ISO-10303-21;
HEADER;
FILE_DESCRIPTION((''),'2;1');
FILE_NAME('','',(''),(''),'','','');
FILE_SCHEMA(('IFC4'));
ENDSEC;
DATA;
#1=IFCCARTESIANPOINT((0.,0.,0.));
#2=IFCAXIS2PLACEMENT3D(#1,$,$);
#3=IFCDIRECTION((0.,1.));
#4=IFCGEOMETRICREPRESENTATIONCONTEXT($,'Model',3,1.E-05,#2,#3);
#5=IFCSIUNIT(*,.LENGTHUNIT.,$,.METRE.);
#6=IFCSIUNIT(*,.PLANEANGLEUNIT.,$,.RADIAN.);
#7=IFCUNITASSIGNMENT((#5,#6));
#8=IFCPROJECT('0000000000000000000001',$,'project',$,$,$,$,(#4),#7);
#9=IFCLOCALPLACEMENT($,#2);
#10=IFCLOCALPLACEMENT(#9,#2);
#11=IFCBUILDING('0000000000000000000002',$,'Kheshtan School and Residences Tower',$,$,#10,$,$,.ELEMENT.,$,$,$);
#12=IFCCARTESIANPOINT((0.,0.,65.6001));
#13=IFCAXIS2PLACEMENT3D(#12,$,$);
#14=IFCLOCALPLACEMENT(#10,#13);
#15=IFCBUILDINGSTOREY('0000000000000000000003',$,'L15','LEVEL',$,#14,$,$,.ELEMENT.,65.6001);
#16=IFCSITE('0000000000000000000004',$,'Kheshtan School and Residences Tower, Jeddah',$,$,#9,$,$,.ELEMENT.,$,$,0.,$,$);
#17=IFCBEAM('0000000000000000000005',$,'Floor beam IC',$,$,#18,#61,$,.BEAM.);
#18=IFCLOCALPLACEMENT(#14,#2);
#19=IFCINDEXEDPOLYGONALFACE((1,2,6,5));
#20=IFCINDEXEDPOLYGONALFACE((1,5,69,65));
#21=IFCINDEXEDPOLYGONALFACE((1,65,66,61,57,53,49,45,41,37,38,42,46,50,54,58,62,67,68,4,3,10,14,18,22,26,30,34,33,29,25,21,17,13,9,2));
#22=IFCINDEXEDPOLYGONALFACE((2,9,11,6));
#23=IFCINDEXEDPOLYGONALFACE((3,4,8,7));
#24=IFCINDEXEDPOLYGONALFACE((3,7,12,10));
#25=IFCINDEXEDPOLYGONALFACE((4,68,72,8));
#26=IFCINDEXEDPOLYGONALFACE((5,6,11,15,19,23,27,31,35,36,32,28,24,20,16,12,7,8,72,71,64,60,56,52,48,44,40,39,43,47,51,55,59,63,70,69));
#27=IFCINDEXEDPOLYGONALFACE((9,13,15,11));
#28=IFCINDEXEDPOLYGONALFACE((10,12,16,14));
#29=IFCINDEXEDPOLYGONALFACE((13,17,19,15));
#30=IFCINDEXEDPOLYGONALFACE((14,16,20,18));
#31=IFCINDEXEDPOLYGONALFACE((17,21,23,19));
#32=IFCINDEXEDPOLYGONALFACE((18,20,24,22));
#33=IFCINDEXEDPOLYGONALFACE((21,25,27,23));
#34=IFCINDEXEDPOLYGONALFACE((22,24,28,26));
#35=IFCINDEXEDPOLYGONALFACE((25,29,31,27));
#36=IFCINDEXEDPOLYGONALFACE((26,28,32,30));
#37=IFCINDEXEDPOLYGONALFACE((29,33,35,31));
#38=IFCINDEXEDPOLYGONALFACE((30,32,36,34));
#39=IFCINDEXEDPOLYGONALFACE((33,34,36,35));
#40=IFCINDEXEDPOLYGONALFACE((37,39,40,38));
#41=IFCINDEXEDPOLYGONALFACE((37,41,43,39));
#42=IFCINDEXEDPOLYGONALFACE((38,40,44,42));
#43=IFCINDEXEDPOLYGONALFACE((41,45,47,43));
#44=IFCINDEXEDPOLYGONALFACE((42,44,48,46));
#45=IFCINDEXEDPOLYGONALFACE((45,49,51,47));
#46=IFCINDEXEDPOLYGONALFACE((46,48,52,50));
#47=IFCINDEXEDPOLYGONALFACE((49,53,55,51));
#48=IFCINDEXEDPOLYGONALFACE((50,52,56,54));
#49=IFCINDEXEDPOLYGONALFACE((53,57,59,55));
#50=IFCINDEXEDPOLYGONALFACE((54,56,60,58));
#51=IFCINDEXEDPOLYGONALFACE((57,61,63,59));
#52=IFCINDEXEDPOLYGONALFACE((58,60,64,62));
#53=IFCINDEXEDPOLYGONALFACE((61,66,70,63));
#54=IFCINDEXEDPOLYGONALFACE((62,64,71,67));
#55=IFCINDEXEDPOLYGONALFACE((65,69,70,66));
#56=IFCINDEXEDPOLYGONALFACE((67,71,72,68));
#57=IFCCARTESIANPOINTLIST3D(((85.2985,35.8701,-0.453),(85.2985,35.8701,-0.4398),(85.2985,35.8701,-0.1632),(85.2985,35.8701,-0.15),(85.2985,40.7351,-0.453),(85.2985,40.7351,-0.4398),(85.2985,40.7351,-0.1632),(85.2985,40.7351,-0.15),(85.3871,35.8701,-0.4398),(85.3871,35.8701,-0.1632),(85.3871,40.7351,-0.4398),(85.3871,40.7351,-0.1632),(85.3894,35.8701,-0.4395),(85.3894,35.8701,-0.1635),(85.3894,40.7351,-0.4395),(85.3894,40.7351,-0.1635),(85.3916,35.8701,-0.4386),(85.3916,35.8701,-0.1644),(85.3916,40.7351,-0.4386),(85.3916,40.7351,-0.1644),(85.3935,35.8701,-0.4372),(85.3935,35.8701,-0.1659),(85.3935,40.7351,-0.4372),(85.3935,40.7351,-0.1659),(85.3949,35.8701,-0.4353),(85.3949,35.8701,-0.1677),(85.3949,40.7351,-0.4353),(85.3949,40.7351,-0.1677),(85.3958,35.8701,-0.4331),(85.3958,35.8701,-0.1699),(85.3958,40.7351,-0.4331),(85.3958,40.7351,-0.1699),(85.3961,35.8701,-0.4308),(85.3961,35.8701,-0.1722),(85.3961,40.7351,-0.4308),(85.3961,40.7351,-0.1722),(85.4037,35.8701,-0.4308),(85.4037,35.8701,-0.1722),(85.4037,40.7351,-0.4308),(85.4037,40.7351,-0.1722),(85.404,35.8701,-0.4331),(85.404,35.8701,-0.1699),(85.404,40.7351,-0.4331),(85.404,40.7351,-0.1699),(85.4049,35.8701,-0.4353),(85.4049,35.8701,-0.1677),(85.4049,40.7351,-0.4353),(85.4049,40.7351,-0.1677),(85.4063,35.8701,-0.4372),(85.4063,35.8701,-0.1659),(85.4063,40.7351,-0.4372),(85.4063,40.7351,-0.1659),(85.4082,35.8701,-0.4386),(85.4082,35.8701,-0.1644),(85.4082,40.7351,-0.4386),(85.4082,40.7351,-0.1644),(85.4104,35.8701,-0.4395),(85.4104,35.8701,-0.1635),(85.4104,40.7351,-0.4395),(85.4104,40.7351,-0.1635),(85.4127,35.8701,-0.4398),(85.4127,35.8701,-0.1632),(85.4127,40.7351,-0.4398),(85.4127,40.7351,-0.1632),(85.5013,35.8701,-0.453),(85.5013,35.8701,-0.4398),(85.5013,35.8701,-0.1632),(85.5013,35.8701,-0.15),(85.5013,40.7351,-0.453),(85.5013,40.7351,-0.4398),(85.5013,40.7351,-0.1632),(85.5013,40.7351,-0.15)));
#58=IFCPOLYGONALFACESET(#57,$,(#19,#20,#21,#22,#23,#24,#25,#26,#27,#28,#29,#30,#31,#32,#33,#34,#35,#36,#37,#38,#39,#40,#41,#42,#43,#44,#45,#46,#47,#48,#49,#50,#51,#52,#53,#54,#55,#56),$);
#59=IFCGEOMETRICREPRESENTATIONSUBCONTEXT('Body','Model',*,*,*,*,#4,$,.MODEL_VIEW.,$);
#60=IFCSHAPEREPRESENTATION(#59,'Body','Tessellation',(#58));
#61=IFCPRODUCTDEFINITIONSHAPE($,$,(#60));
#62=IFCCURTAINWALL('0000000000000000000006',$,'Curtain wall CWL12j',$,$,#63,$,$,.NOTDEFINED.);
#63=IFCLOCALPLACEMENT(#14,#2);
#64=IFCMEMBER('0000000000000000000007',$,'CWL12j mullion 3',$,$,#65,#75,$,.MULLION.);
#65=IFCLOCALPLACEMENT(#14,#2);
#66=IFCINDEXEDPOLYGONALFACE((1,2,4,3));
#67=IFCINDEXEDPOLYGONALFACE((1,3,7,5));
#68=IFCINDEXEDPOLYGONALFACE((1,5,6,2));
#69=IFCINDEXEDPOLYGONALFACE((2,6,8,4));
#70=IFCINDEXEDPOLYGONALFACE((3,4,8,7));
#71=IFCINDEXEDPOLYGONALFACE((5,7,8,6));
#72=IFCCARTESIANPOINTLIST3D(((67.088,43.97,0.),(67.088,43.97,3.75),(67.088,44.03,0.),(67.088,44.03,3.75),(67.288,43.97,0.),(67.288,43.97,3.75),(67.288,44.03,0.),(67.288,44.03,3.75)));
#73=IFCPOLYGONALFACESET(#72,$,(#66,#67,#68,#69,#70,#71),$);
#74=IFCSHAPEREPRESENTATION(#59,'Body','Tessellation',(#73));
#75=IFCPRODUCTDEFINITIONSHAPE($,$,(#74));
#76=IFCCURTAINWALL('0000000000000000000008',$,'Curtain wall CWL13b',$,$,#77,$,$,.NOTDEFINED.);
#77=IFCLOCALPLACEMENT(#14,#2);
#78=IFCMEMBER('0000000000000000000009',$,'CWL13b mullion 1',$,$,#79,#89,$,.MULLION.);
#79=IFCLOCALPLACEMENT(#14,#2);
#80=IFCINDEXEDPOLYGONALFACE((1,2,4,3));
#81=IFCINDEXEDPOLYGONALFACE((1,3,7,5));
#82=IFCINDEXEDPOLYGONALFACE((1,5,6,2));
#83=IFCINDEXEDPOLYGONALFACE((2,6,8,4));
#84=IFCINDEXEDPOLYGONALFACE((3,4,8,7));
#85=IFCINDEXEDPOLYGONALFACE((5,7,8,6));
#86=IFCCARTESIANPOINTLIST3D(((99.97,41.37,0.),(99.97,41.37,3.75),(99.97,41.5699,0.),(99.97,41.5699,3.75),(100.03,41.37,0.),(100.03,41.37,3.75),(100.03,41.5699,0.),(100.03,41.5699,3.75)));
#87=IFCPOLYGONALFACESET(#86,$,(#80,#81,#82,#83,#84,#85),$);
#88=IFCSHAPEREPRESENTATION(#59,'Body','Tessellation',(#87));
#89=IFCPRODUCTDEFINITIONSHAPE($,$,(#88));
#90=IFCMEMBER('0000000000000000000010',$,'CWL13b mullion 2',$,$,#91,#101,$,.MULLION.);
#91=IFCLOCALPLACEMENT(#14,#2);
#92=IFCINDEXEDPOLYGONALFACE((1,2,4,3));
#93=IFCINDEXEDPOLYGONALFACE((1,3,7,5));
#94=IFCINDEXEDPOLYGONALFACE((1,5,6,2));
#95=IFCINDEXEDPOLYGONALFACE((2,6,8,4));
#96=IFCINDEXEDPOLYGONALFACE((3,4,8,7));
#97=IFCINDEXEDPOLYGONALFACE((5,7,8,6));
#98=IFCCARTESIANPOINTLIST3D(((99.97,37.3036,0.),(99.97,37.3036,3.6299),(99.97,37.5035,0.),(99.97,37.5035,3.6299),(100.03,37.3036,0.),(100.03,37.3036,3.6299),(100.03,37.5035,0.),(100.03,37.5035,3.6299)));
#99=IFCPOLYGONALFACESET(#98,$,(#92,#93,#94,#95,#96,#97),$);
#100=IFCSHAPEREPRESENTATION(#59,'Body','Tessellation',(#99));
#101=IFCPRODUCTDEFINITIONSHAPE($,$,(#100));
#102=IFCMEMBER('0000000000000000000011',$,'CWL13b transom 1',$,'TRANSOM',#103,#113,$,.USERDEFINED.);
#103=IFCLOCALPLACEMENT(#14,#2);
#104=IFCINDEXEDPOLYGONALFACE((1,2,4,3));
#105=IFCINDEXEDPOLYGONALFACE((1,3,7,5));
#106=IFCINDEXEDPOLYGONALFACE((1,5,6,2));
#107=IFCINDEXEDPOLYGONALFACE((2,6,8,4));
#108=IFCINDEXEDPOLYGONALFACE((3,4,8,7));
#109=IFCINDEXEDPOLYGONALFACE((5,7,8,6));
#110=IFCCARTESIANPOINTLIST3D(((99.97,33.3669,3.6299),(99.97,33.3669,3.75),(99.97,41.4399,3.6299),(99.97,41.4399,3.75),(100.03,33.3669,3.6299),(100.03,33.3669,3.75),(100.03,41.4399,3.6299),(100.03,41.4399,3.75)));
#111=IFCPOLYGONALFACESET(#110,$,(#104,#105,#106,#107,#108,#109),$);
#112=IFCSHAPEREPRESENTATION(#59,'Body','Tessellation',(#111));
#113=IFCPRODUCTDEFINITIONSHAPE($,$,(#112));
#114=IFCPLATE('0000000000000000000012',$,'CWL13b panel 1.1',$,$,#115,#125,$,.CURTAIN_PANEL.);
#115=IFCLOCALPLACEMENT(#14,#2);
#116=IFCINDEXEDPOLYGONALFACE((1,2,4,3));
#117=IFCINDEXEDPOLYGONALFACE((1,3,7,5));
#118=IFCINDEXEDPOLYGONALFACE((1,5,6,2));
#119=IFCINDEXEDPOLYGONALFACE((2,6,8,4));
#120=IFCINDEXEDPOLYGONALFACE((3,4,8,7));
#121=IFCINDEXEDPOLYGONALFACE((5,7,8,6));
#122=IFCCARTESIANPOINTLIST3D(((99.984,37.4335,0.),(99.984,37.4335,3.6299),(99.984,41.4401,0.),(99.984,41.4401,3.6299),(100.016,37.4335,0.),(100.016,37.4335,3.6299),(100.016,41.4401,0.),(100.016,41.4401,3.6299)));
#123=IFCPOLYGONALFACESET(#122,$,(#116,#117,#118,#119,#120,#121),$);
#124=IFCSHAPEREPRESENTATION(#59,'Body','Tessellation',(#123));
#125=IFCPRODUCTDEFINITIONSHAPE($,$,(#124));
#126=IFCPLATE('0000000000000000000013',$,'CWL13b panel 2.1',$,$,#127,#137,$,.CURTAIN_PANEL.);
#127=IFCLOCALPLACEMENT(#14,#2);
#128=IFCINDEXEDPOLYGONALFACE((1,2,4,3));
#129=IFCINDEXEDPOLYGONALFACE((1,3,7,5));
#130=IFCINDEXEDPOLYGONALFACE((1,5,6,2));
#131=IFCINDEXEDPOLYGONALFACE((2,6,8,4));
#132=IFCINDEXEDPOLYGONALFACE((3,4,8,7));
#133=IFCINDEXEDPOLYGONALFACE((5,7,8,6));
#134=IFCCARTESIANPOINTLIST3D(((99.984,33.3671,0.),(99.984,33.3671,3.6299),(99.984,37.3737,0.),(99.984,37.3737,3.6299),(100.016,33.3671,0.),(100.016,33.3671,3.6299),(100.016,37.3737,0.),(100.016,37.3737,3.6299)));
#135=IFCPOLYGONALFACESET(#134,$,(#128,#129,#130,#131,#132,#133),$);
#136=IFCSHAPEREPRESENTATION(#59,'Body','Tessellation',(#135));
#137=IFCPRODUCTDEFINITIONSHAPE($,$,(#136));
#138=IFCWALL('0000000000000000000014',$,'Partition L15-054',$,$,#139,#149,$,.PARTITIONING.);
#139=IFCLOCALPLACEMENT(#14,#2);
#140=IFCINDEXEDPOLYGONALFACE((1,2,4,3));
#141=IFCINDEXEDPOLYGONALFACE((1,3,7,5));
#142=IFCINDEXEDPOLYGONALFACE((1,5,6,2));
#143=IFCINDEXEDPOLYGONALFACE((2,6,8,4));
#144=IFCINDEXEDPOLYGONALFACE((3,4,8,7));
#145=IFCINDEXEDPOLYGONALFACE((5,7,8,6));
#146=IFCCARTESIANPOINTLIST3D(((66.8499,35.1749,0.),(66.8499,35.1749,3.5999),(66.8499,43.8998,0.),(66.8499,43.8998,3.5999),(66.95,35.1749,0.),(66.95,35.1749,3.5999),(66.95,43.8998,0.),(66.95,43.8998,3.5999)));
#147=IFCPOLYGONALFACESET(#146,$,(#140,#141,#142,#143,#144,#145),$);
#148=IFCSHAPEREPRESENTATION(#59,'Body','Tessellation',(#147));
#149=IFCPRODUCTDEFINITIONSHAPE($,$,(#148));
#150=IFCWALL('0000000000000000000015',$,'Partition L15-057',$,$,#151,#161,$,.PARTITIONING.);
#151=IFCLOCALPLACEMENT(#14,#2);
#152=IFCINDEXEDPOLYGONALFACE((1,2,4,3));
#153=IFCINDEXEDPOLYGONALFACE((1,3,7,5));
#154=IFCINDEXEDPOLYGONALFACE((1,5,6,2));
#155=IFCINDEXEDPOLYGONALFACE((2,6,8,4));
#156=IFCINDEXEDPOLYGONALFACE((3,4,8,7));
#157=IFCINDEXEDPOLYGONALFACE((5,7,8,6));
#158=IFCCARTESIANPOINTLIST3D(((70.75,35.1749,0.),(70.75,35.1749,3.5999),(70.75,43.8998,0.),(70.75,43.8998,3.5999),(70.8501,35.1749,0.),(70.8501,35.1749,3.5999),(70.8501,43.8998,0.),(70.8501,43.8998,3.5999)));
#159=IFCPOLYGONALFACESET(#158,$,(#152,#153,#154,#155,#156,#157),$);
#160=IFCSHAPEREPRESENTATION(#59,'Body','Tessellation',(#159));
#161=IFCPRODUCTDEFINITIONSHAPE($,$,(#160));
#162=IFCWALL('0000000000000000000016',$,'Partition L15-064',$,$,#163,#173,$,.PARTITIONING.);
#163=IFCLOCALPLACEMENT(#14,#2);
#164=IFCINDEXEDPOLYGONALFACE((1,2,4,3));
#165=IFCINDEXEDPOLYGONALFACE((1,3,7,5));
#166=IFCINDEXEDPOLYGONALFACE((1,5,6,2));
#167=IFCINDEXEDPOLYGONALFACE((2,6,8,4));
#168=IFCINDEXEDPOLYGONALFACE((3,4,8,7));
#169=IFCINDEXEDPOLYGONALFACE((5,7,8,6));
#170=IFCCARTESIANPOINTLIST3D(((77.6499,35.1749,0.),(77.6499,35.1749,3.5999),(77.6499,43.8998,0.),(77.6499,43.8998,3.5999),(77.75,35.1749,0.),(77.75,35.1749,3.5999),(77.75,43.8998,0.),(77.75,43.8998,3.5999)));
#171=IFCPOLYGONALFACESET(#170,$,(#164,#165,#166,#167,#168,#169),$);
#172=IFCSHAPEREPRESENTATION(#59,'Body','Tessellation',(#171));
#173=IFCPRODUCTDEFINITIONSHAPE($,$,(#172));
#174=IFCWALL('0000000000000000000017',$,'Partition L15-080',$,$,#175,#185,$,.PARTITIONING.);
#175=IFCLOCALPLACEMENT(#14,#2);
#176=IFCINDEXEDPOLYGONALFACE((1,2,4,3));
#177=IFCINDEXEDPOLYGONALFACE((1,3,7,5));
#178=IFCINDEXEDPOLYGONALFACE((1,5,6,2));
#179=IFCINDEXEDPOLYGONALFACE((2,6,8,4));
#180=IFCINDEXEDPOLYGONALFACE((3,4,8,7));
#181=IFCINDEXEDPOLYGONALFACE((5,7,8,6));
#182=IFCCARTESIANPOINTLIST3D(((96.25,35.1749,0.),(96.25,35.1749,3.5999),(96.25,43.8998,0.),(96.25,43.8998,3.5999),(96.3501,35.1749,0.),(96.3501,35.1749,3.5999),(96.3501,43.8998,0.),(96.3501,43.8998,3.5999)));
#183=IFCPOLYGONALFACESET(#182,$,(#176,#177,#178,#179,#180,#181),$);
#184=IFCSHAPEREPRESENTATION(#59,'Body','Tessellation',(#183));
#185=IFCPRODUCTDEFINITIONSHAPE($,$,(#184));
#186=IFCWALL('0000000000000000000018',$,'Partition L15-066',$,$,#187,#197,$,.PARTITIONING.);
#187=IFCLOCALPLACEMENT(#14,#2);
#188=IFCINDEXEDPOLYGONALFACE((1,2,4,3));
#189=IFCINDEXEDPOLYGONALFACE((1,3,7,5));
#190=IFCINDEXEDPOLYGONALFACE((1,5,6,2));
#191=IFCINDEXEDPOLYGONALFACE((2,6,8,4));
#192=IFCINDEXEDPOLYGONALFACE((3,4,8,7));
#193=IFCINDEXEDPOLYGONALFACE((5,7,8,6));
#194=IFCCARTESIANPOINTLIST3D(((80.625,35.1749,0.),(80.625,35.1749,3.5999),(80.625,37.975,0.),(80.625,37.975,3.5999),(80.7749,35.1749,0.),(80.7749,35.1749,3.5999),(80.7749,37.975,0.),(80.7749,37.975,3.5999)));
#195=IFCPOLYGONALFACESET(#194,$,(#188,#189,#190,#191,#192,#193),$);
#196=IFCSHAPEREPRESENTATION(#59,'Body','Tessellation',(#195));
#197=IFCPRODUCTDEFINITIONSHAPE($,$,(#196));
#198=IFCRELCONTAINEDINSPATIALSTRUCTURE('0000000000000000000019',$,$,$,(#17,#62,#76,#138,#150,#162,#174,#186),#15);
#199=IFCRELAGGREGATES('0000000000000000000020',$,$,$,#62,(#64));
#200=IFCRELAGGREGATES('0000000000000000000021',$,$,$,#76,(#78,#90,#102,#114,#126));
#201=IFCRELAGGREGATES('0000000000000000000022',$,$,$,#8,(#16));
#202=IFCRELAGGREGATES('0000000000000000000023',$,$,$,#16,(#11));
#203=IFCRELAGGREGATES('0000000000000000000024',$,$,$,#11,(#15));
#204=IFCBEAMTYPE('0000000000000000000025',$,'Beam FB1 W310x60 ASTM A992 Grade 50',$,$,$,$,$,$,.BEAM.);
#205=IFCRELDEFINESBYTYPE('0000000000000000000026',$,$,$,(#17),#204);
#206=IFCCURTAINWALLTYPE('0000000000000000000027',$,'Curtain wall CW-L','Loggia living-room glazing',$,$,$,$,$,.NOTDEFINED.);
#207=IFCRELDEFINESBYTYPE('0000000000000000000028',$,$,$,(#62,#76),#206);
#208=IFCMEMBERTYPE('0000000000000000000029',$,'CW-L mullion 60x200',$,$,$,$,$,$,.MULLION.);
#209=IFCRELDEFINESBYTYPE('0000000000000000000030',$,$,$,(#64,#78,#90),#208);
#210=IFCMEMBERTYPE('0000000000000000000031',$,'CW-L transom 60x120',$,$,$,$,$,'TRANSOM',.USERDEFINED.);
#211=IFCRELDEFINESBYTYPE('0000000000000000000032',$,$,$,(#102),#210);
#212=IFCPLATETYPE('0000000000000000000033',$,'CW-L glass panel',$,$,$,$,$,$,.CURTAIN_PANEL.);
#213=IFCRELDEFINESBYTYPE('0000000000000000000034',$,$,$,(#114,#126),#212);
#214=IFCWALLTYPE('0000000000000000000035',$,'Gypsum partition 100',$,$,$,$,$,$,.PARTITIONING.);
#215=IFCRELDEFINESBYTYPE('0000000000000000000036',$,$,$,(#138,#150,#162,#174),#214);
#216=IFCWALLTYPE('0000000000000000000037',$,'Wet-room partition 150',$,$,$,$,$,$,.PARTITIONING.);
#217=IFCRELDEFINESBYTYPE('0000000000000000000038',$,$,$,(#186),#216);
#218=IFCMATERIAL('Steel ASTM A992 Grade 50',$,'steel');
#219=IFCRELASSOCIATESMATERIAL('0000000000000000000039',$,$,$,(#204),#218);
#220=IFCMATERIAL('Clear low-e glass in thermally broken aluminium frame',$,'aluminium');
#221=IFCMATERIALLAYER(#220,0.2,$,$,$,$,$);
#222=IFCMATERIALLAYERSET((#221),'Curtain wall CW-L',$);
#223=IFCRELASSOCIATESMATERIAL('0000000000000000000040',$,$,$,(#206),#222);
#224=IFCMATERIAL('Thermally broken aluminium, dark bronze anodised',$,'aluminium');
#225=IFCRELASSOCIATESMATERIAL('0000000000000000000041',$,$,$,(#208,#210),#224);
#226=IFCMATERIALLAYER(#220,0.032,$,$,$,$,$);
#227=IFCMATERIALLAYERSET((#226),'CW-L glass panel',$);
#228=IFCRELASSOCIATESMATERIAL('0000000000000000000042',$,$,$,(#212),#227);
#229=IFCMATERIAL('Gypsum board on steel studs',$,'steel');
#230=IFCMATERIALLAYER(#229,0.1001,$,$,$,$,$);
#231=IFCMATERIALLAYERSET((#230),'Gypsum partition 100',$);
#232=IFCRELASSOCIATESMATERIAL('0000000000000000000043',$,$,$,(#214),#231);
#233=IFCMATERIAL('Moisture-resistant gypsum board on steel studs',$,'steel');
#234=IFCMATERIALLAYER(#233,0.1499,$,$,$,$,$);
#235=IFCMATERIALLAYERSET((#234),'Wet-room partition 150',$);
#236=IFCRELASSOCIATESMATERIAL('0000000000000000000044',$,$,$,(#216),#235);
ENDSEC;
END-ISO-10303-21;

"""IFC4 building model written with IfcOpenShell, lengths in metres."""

from ifc_helpers import new_model, si_unit, direction, frame, frame_2d, origin, origin_2d, place, context, subcontext, project, spatial, rectangle, i_section, extrude, material, layer, layer_set, material_profile, profile_set, type_object, element, aggregate, save


model = new_model("IFC4")

# Units and contexts
model_context = context("Model", 3, precision=1e-05, world=origin(), true_north=direction((0.0, 1.0)))
body_context = subcontext(model_context, "Body", "Model", "MODEL_VIEW")
ifc_project = project(units=[si_unit("LENGTHUNIT", "METRE"), si_unit("PLANEANGLEUNIT", "RADIAN")], contexts=[model_context])

# Site, building, storey
site_placement = place(None, origin())
site = spatial("IfcSite", under=ifc_project, at=site_placement, Name="Kheshtan School and Residences Tower, Jeddah", CompositionType="ELEMENT", RefElevation=0.0)
building_placement = place(site_placement, origin())
building = spatial("IfcBuilding", under=site, at=building_placement, Name="Kheshtan School and Residences Tower", CompositionType="ELEMENT")
storey_placement = place(building_placement, frame((0.0, 0.0, 65.6001)))
storey = spatial("IfcBuildingStorey", under=building, at=storey_placement, Name="L15", Description="LEVEL", CompositionType="ELEMENT", Elevation=65.6001)

# Beam
ifc_material_1 = material(Name="Steel ASTM A992 Grade 50", Category="steel")
ifc_material_profile_1 = material_profile(ifc_material_1, i_section(OverallWidth=0.2029, OverallDepth=0.303, WebThickness=0.0076, FlangeThickness=0.0132, FilletRadius=0.009, at=origin_2d()), Name="W310x60")
ifc_profile_set_1 = profile_set([ifc_material_profile_1], Name="Steel ASTM A992 Grade 50")
beam_type = type_object("IfcBeamType", Name="Beam FB1 W310x60 ASTM A992 Grade 50", PredefinedType="BEAM", material=ifc_profile_set_1)
beam_placement = place(storey_placement, frame((85.3999, 40.7351, -0.3015), z_axis=(0.0, -1.0, 0.0), x_axis=(1.0, 0.0, 0.0)))
element("IfcBeam", 1, at=beam_placement, inside=storey, type_object=beam_type, Name="Floor beam IC", PredefinedType="BEAM", context=body_context, shape_type="SweptSolid", body=[
    extrude(i_section(OverallWidth=0.2029, OverallDepth=0.303, WebThickness=0.0076, FlangeThickness=0.0132, FilletRadius=0.009, at=origin_2d()), origin(), (0.0, 0.0, 1.0), 4.865),
])

# Curtain wall, member
ifc_material_2 = material(Name="Clear low-e glass in thermally broken aluminium frame", Category="aluminium")
ifc_layer_1 = layer(ifc_material_2, 0.2)
ifc_layer_set_1 = layer_set([ifc_layer_1], Name="Curtain wall CW-L")
curtain_wall_type = type_object("IfcCurtainWallType", Name="Curtain wall CW-L", Description="Loggia living-room glazing", PredefinedType="NOTDEFINED", material=ifc_layer_set_1)
curtain_wall_1_placement = place(storey_placement, origin())
curtain_wall_1 = element("IfcCurtainWall", 2, at=curtain_wall_1_placement, inside=storey, type_object=curtain_wall_type, Name="Curtain wall CWL12j", PredefinedType="NOTDEFINED")
ifc_material_3 = material(Name="Thermally broken aluminium, dark bronze anodised", Category="aluminium")
ifc_material_profile_2 = material_profile(ifc_material_3, rectangle(XDim=0.0601, YDim=0.2, at=origin_2d()), Name="CW-L mullion 60x200")
ifc_profile_set_2 = profile_set([ifc_material_profile_2], Name="Thermally broken aluminium, dark bronze anodised")
member_type_1 = type_object("IfcMemberType", Name="CW-L mullion 60x200", PredefinedType="MULLION", material=ifc_profile_set_2)
member_1_placement = place(storey_placement, frame((67.188, 44.0, 0.0), z_axis=(0.0, 0.0, 1.0), x_axis=(0.0, 1.0, 0.0)))
member_1 = element("IfcMember", 3, at=member_1_placement, type_object=member_type_1, Name="CWL12j mullion 3", PredefinedType="MULLION", context=body_context, shape_type="SweptSolid", body=[
    extrude(rectangle(XDim=0.0601, YDim=0.2, at=origin_2d()), origin(), (0.0, 0.0, 1.0), 3.75),
])
aggregate(curtain_wall_1, [member_1])

# Curtain wall, members, plates
curtain_wall_2_placement = place(storey_placement, origin())
curtain_wall_2 = element("IfcCurtainWall", 4, at=curtain_wall_2_placement, inside=storey, type_object=curtain_wall_type, Name="Curtain wall CWL13b", PredefinedType="NOTDEFINED")
member_2_placement = place(storey_placement, frame((100.0, 41.47, 0.0), z_axis=(0.0, 0.0, 1.0), x_axis=(1.0, 0.0, 0.0)))
member_2 = element("IfcMember", 5, at=member_2_placement, type_object=member_type_1, Name="CWL13b mullion 1", PredefinedType="MULLION", context=body_context, shape_type="SweptSolid", body=[
    extrude(rectangle(XDim=0.0601, YDim=0.2, at=origin_2d()), origin(), (0.0, 0.0, 1.0), 3.75),
])
member_3_placement = place(storey_placement, frame((100.0, 37.4036, 0.0), z_axis=(0.0, 0.0, 1.0), x_axis=(1.0, 0.0, 0.0)))
member_3 = element("IfcMember", 6, at=member_3_placement, type_object=member_type_1, Name="CWL13b mullion 2", PredefinedType="MULLION", context=body_context, shape_type="SweptSolid", body=[
    extrude(rectangle(XDim=0.0601, YDim=0.2, at=origin_2d()), origin(), (0.0, 0.0, 1.0), 3.6299),
])
ifc_material_profile_3 = material_profile(ifc_material_3, rectangle(XDim=0.0601, YDim=0.1201, at=origin_2d()), Name="CW-L transom 60x120")
ifc_profile_set_3 = profile_set([ifc_material_profile_3], Name="Thermally broken aluminium, dark bronze anodised")
member_type_2 = type_object("IfcMemberType", Name="CW-L transom 60x120", ElementType="TRANSOM", PredefinedType="USERDEFINED", material=ifc_profile_set_3)
member_4_placement = place(storey_placement, frame((100.0, 41.4399, 3.6899), z_axis=(0.0, -1.0, 0.0), x_axis=(1.0, 0.0, 0.0)))
member_4 = element("IfcMember", 7, at=member_4_placement, type_object=member_type_2, Name="CWL13b transom 1", ObjectType="TRANSOM", PredefinedType="USERDEFINED", context=body_context, shape_type="SweptSolid", body=[
    extrude(rectangle(XDim=0.0601, YDim=0.1201, at=origin_2d()), origin(), (0.0, 0.0, 1.0), 8.073),
])
ifc_layer_2 = layer(ifc_material_2, 0.032)
ifc_layer_set_2 = layer_set([ifc_layer_2], Name="CW-L glass panel")
plate_type = type_object("IfcPlateType", Name="CW-L glass panel", PredefinedType="CURTAIN_PANEL", material=ifc_layer_set_2)
plate_1_placement = place(storey_placement, frame((100.0, 39.4368, 0.0), z_axis=(0.0, 0.0, 1.0), x_axis=(0.0, -1.0, 0.0)))
plate_1 = element("IfcPlate", 8, at=plate_1_placement, type_object=plate_type, Name="CWL13b panel 1.1", PredefinedType="CURTAIN_PANEL", context=body_context, shape_type="SweptSolid", body=[
    extrude(rectangle(XDim=4.0066, YDim=0.032, at=origin_2d()), origin(), (0.0, 0.0, 1.0), 3.6299),
])
plate_2_placement = place(storey_placement, frame((100.0, 35.3704, 0.0), z_axis=(0.0, 0.0, 1.0), x_axis=(0.0, -1.0, 0.0)))
plate_2 = element("IfcPlate", 9, at=plate_2_placement, type_object=plate_type, Name="CWL13b panel 2.1", PredefinedType="CURTAIN_PANEL", context=body_context, shape_type="SweptSolid", body=[
    extrude(rectangle(XDim=4.0066, YDim=0.032, at=origin_2d()), origin(), (0.0, 0.0, 1.0), 3.6299),
])
aggregate(curtain_wall_2, [member_2, member_3, member_4, plate_1, plate_2])

# Walls
ifc_material_4 = material(Name="Gypsum board on steel studs", Category="steel")
ifc_layer_3 = layer(ifc_material_4, 0.1001)
ifc_layer_set_3 = layer_set([ifc_layer_3], Name="Gypsum partition 100")
wall_type_1 = type_object("IfcWallType", Name="Gypsum partition 100", PredefinedType="PARTITIONING", material=ifc_layer_set_3)
for number, where, z_axis, x_axis, name in (
    (10, (66.8999, 35.175, 0.0), (0.0, 0.0, 1.0), (0.0, 1.0, 0.0), "Partition L15-054"),
    (11, (70.8, 35.175, 0.0), (0.0, 0.0, 1.0), (0.0, 1.0, 0.0), "Partition L15-057"),
    (12, (77.7, 35.175, 0.0), (0.0, 0.0, 1.0), (0.0, 1.0, 0.0), "Partition L15-064"),
    (13, (96.3, 35.175, 0.0), (0.0, 0.0, 1.0), (0.0, 1.0, 0.0), "Partition L15-080"),
):
    element("IfcWall", number, at=place(storey_placement, frame(where, z_axis=z_axis, x_axis=x_axis)), inside=storey, type_object=wall_type_1, Name=name, PredefinedType="PARTITIONING", context=body_context, shape_type="SweptSolid", body=[
        extrude(rectangle(XDim=8.7249, YDim=0.1001, at=frame_2d((4.3623, 0.0))), origin(), (0.0, 0.0, 1.0), 3.5999),
    ])
ifc_material_5 = material(Name="Moisture-resistant gypsum board on steel studs", Category="steel")
ifc_layer_4 = layer(ifc_material_5, 0.1499)
ifc_layer_set_4 = layer_set([ifc_layer_4], Name="Wet-room partition 150")
wall_type_2 = type_object("IfcWallType", Name="Wet-room partition 150", PredefinedType="PARTITIONING", material=ifc_layer_set_4)
wall_1_placement = place(storey_placement, frame((80.7, 35.175, 0.0), z_axis=(0.0, 0.0, 1.0), x_axis=(0.0, 1.0, 0.0)))
element("IfcWall", 14, at=wall_1_placement, inside=storey, type_object=wall_type_2, Name="Partition L15-066", PredefinedType="PARTITIONING", context=body_context, shape_type="SweptSolid", body=[
    extrude(rectangle(XDim=2.8, YDim=0.1499, at=frame_2d((1.3999, 0.0))), origin(), (0.0, 0.0, 1.0), 3.5999),
])

save(model, "model.ifc")
